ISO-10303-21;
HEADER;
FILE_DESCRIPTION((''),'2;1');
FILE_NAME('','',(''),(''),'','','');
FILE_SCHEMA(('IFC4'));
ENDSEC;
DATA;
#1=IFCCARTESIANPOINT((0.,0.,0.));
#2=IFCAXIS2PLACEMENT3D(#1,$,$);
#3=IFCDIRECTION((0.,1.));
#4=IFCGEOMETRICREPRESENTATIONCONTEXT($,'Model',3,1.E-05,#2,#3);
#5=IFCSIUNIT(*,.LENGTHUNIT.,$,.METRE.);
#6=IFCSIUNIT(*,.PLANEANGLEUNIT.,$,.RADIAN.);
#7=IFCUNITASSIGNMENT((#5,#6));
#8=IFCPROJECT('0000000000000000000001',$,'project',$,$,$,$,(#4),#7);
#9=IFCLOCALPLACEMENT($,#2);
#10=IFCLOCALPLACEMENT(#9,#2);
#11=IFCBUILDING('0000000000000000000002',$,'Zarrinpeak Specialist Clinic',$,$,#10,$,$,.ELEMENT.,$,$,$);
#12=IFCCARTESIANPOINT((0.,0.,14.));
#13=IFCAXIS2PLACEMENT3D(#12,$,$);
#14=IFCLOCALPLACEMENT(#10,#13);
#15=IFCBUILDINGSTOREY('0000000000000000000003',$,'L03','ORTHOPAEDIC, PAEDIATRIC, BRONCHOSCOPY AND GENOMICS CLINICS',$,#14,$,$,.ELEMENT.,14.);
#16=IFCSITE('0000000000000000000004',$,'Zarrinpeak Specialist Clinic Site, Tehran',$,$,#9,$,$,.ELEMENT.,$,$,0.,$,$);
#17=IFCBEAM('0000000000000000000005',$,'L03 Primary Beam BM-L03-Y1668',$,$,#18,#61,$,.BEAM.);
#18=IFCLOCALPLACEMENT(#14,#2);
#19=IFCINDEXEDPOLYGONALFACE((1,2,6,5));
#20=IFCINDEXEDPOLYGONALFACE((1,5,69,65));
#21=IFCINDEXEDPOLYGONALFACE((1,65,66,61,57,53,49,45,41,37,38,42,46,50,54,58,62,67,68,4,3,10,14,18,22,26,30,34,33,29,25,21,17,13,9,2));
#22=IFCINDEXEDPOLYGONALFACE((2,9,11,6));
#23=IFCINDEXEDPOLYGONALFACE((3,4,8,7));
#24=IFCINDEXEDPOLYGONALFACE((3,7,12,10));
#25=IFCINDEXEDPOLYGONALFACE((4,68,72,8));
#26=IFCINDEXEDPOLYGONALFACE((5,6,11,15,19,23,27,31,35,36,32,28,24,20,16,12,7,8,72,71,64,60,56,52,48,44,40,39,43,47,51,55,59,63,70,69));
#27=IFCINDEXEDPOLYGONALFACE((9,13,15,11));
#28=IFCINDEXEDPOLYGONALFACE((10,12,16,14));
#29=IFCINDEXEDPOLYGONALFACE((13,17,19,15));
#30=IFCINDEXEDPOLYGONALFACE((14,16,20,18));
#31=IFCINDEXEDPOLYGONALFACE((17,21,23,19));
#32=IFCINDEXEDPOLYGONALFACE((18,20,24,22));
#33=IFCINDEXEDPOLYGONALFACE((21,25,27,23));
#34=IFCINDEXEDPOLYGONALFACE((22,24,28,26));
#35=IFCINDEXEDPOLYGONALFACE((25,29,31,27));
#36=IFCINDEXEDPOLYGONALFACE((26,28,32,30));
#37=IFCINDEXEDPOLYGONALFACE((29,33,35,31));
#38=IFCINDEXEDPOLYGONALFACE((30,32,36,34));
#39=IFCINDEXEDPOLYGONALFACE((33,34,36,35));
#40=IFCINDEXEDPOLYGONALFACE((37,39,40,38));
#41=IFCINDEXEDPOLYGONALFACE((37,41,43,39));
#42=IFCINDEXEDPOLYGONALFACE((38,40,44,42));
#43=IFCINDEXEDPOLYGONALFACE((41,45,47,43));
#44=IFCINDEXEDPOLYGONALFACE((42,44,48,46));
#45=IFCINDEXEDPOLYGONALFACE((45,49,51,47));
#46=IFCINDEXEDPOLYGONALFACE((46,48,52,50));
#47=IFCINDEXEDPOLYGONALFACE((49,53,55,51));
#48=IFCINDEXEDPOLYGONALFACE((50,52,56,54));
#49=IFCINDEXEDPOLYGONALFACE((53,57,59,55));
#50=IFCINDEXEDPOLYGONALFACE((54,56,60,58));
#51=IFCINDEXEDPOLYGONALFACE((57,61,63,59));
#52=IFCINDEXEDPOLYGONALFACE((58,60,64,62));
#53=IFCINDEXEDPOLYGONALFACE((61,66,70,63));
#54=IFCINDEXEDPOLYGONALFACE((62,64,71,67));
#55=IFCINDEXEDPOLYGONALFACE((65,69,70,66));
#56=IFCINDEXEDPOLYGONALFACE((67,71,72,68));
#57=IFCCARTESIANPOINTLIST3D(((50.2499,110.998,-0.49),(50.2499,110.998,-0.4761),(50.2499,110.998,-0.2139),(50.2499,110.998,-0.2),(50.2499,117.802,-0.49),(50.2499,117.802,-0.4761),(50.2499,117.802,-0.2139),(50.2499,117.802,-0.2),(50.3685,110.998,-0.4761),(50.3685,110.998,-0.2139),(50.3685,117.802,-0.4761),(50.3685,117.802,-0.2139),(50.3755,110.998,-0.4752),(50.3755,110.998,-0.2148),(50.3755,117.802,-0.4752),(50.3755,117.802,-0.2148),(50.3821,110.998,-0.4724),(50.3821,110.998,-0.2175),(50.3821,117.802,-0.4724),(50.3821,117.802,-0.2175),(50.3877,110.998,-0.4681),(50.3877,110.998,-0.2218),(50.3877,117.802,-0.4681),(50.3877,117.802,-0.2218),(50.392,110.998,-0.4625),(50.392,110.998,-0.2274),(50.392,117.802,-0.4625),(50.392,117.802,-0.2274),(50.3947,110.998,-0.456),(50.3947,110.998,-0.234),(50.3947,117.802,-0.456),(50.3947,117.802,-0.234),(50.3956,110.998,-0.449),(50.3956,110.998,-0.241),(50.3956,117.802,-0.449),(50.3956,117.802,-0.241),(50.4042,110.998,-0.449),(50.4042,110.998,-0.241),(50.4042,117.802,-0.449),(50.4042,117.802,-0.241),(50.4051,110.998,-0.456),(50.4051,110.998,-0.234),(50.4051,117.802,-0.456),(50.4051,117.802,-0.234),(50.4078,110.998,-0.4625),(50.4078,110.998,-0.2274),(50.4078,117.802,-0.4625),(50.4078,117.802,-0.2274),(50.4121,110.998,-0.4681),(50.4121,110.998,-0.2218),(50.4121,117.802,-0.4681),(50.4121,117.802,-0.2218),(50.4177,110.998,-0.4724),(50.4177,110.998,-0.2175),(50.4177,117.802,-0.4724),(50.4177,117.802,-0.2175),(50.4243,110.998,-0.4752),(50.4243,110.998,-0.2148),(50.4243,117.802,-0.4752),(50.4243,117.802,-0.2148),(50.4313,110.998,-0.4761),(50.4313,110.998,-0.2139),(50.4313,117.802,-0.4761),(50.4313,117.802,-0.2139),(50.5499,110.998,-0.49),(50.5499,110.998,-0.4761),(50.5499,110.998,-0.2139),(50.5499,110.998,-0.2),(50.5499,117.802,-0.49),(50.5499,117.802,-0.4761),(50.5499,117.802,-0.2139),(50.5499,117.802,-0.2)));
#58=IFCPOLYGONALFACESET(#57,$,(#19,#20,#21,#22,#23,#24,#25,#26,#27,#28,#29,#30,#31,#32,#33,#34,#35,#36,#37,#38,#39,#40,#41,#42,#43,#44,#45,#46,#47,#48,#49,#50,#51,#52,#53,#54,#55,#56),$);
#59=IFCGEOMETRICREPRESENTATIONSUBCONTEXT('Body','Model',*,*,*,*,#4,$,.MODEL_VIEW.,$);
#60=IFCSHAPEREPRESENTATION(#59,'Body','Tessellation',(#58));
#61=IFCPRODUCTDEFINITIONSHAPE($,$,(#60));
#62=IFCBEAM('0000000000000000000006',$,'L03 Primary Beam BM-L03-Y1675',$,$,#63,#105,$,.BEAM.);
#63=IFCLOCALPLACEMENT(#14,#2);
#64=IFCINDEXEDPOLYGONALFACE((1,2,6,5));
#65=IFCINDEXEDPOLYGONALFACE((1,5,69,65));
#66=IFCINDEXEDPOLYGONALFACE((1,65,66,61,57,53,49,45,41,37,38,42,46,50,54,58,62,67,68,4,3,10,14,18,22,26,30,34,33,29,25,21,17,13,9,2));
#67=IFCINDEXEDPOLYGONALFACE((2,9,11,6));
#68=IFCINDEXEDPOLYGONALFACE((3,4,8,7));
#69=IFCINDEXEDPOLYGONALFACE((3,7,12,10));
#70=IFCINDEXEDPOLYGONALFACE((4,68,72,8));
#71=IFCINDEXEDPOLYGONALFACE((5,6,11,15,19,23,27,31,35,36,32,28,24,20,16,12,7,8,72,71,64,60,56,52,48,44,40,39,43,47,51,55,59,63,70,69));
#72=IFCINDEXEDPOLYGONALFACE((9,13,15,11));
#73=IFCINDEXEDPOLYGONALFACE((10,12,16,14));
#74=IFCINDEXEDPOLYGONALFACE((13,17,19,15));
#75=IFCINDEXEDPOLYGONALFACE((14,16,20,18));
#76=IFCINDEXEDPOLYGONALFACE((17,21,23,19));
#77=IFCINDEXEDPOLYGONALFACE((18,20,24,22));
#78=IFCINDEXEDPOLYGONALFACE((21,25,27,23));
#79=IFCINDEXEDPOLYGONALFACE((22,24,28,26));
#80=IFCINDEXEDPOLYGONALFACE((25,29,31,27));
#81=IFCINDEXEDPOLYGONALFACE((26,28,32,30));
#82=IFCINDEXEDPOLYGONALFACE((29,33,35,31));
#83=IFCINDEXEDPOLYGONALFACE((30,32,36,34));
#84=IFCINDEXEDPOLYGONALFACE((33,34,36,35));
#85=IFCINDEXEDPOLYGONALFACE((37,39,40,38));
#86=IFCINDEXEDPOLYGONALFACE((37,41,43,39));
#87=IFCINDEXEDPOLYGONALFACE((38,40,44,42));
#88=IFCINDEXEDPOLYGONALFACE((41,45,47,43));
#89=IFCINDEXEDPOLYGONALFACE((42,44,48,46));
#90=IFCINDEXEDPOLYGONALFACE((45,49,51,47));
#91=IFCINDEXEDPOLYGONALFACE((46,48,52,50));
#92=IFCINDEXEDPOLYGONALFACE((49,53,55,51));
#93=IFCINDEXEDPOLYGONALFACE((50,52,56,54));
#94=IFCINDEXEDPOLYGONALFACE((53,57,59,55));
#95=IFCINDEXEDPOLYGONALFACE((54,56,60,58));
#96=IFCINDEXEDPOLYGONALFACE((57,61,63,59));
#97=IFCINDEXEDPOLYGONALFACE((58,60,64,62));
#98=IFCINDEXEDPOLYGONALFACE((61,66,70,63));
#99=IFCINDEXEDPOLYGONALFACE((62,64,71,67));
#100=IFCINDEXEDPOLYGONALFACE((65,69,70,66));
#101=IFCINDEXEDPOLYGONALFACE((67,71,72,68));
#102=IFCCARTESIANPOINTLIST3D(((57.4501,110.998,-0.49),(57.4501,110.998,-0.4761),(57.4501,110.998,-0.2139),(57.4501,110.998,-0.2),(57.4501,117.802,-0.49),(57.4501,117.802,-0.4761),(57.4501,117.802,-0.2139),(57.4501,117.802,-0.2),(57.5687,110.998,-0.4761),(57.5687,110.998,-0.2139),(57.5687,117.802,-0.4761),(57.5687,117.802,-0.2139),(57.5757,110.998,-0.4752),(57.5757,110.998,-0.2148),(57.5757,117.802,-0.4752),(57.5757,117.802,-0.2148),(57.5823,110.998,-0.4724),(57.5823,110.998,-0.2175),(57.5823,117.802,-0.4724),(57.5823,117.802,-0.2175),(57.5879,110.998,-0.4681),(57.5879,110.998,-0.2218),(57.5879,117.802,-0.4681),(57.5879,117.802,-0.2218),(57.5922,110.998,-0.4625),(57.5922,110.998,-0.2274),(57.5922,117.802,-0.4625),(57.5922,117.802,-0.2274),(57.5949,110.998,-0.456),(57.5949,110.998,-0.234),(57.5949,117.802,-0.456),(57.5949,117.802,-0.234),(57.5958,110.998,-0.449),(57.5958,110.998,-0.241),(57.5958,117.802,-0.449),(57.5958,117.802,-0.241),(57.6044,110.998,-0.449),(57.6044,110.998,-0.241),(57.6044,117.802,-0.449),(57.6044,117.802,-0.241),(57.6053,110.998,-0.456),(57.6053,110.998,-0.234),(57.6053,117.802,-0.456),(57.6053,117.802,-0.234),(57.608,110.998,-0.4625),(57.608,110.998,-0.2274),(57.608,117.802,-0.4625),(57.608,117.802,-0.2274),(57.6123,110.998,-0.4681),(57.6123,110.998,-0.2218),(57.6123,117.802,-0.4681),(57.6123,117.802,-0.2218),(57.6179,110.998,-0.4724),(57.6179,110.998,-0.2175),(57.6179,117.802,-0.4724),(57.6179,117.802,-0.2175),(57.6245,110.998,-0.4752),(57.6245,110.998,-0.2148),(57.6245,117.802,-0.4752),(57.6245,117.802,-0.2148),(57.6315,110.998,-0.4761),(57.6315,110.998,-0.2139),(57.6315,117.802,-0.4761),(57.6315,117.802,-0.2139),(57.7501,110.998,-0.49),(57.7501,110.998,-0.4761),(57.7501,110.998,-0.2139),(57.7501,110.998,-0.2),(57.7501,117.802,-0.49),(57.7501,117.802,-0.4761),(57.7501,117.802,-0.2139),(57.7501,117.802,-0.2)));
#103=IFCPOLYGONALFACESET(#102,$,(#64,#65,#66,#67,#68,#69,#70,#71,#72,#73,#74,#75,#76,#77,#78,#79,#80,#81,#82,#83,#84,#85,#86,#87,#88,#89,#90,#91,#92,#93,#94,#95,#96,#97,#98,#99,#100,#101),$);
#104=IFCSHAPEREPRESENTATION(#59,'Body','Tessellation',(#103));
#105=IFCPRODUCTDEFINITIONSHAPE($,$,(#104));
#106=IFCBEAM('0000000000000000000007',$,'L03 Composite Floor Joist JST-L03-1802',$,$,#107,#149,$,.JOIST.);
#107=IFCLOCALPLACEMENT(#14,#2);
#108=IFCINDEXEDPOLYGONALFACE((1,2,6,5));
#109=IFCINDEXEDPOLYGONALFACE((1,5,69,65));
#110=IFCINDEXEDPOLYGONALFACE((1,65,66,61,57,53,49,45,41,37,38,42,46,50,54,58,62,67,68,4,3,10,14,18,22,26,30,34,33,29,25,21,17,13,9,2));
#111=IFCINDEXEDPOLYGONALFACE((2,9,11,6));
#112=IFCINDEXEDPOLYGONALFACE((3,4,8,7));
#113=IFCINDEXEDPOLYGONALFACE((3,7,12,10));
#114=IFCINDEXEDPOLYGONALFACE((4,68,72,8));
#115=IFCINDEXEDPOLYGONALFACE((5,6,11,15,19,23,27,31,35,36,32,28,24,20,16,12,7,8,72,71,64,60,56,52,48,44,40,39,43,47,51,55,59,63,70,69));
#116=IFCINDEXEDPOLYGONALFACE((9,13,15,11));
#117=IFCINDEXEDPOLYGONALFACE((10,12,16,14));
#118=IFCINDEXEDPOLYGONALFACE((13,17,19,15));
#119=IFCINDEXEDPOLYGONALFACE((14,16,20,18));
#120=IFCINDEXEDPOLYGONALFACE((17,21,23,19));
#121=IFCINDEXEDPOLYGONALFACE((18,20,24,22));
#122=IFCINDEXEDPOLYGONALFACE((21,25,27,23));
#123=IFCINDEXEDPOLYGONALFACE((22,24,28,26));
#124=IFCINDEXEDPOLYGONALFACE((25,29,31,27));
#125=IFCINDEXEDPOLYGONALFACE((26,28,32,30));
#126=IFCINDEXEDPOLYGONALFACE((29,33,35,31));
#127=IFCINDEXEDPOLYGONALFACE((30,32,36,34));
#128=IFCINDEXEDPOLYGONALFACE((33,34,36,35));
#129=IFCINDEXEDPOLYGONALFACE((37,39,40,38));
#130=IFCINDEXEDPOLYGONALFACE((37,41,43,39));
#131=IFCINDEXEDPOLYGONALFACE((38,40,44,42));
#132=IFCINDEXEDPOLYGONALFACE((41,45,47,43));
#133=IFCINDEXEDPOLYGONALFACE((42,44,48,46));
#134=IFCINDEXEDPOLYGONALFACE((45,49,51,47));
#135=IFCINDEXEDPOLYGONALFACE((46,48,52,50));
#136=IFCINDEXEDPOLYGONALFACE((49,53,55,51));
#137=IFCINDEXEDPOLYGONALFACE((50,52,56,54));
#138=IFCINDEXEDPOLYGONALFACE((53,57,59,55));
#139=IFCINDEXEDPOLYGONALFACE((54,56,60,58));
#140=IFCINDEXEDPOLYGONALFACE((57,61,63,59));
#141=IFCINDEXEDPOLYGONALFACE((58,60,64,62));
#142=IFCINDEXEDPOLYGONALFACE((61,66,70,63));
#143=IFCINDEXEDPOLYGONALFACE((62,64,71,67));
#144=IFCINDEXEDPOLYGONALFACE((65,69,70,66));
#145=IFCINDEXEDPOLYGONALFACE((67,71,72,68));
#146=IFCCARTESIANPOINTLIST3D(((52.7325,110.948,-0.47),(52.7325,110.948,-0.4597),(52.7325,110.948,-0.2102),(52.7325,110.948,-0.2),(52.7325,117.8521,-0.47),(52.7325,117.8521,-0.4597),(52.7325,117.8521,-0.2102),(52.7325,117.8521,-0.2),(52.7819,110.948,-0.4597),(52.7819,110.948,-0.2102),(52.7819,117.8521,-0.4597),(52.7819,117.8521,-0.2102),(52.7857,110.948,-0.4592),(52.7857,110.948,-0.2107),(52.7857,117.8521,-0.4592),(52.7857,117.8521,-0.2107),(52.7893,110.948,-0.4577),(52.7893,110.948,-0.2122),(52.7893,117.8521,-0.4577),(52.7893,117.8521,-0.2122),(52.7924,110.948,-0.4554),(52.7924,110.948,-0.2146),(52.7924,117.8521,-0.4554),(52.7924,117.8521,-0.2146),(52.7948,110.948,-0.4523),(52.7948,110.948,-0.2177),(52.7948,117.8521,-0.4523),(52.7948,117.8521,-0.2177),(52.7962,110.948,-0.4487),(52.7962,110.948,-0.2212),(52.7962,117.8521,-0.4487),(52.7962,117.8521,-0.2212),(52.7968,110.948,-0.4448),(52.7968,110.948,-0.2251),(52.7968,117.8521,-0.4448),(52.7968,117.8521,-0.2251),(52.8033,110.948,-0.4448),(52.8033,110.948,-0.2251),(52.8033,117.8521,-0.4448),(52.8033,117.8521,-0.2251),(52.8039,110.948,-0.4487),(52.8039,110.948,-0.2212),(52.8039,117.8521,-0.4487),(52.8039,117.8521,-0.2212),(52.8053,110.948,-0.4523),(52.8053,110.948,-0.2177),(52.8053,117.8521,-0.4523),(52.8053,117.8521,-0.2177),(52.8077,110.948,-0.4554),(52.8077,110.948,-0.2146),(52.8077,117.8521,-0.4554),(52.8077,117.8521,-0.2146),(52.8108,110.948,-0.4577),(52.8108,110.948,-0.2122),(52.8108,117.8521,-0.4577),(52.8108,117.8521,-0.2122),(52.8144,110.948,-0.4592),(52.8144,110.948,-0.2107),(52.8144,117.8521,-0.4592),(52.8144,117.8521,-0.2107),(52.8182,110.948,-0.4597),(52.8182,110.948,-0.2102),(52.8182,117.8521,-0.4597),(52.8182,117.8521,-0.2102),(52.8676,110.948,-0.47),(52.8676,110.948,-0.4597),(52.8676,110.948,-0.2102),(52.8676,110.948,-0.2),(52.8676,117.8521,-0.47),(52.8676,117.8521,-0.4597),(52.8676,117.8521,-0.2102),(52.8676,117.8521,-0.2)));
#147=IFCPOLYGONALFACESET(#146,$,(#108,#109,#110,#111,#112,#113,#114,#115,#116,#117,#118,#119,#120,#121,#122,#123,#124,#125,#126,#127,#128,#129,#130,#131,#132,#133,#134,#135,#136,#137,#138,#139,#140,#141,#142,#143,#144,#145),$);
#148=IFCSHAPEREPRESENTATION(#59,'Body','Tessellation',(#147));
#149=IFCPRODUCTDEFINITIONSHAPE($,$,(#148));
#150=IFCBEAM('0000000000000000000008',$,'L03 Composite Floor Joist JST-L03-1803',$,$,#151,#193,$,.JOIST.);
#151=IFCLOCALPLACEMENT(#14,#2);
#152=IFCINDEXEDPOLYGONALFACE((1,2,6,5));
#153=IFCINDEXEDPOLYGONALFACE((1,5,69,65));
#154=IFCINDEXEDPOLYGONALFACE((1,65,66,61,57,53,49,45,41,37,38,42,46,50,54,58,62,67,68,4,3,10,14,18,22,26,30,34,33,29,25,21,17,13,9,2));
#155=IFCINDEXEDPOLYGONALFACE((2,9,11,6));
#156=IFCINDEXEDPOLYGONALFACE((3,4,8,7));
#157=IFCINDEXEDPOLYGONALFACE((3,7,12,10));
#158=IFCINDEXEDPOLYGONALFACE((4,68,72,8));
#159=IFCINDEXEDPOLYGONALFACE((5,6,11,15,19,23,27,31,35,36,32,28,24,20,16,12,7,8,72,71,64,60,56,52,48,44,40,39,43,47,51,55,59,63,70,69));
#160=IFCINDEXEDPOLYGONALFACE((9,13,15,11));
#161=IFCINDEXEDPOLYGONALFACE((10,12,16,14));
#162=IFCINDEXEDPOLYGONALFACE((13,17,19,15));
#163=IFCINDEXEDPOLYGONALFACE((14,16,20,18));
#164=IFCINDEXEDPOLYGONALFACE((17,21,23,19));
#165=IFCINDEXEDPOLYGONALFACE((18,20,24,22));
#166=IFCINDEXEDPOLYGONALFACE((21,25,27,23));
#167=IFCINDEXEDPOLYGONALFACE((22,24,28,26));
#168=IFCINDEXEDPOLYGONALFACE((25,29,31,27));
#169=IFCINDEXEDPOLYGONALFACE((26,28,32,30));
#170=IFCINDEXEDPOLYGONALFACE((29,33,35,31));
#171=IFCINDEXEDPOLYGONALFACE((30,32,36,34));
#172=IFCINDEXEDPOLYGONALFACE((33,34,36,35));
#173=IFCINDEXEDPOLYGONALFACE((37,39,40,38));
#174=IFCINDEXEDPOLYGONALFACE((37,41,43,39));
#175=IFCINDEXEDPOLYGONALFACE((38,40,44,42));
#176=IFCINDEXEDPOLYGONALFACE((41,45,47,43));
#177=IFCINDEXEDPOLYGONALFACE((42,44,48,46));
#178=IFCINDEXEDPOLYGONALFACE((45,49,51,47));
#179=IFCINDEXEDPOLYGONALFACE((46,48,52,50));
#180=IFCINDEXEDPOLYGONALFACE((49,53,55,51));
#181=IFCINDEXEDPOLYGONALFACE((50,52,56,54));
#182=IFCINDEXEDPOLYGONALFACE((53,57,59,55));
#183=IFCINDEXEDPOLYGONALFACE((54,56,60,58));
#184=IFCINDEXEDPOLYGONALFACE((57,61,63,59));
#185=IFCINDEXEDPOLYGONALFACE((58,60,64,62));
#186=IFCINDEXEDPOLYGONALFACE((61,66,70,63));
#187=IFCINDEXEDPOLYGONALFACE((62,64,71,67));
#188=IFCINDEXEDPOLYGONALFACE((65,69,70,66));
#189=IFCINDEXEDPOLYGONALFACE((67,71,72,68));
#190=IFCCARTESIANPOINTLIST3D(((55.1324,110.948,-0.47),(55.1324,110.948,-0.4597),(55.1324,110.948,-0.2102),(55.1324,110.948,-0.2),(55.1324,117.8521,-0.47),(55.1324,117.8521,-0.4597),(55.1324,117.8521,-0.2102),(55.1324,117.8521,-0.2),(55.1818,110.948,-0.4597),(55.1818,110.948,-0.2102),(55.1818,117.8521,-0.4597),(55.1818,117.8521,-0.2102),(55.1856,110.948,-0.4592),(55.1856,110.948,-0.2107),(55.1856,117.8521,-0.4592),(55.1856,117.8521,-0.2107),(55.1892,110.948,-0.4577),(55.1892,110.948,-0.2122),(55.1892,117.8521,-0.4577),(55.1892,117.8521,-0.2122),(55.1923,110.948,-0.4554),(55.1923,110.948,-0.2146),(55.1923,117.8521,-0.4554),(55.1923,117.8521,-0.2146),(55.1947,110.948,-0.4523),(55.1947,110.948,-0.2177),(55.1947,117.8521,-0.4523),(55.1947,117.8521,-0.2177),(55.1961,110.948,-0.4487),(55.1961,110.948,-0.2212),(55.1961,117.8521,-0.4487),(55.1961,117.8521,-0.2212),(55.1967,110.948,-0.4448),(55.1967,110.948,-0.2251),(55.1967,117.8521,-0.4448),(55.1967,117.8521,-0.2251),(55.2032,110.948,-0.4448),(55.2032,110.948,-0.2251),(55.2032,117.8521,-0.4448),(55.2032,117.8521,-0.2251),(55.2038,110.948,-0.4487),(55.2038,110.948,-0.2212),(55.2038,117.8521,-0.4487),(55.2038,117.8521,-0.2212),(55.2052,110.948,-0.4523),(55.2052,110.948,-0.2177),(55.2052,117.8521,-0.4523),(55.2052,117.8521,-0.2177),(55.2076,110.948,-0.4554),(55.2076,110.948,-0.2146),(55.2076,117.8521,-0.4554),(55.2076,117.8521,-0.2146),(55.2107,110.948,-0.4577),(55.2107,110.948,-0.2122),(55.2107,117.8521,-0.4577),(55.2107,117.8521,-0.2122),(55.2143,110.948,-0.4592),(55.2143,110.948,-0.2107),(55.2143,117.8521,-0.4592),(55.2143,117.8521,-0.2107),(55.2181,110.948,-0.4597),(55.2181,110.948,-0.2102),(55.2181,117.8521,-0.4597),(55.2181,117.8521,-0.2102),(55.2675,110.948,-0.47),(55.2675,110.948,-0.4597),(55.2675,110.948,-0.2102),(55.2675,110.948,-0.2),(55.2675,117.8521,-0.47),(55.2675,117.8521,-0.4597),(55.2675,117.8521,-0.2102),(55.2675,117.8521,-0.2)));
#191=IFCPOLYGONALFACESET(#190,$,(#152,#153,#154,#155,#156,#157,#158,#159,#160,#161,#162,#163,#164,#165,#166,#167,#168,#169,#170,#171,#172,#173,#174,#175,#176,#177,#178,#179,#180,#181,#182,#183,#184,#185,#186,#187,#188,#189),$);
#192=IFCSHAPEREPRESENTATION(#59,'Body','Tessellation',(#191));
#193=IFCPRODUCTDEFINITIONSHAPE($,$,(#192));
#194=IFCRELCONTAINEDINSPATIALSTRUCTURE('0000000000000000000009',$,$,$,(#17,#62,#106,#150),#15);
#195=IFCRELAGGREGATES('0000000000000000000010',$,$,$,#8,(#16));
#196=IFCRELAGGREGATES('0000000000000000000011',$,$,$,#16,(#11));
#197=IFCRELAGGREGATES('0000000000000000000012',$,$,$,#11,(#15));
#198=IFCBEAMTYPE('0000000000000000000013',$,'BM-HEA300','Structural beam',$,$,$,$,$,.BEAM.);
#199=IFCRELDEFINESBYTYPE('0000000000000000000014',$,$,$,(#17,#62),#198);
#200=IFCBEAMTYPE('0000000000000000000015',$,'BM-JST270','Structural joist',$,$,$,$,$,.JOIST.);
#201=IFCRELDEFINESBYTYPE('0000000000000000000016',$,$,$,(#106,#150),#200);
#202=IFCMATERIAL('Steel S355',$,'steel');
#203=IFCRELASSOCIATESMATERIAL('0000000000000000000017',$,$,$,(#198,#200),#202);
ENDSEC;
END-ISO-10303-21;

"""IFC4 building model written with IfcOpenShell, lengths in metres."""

from ifc_helpers import new_model, si_unit, direction, frame, origin, origin_2d, place, context, subcontext, project, spatial, i_section, extrude, material, material_profile, profile_set, type_object, element, save


model = new_model("IFC4")

# Units and contexts
model_context = context("Model", 3, precision=1e-05, world=origin(), true_north=direction((0.0, 1.0)))
body_context = subcontext(model_context, "Body", "Model", "MODEL_VIEW")
ifc_project = project(units=[si_unit("LENGTHUNIT", "METRE"), si_unit("PLANEANGLEUNIT", "RADIAN")], contexts=[model_context])

# Site, building, storey
site_placement = place(None, origin())
site = spatial("IfcSite", under=ifc_project, at=site_placement, Name="Zarrinpeak Specialist Clinic Site, Tehran", CompositionType="ELEMENT", RefElevation=0.0)
building_placement = place(site_placement, origin())
building = spatial("IfcBuilding", under=site, at=building_placement, Name="Zarrinpeak Specialist Clinic", CompositionType="ELEMENT")
storey_placement = place(building_placement, frame((0.0, 0.0, 14.0)))
storey = spatial("IfcBuildingStorey", under=building, at=storey_placement, Name="L03", Description="ORTHOPAEDIC, PAEDIATRIC, BRONCHOSCOPY AND GENOMICS CLINICS", CompositionType="ELEMENT", Elevation=14.0)

# Shared definitions
ifc_material_1 = material(Name="Steel S355", Category="steel")

# Beams
ifc_material_profile_1 = material_profile(ifc_material_1, i_section(OverallWidth=0.3, OverallDepth=0.29, WebThickness=0.0085, FlangeThickness=0.0139, FilletRadius=0.0271, at=origin_2d()), Name="HEA 300")
ifc_profile_set_1 = profile_set([ifc_material_profile_1], Name="Steel S355")
beam_type_1 = type_object("IfcBeamType", Name="BM-HEA300", Description="Structural beam", PredefinedType="BEAM", material=ifc_profile_set_1)
for number, where, z_axis, x_axis, name in (
    (1, (50.3999, 110.998, -0.345), (0.0, 1.0, 0.0), (-1.0, 0.0, 0.0), "L03 Primary Beam BM-L03-Y1668"),
    (2, (57.6001, 110.998, -0.345), (0.0, 1.0, 0.0), (-1.0, 0.0, 0.0), "L03 Primary Beam BM-L03-Y1675"),
):
    element("IfcBeam", number, at=place(storey_placement, frame(where, z_axis=z_axis, x_axis=x_axis)), inside=storey, type_object=beam_type_1, Name=name, PredefinedType="BEAM", context=body_context, shape_type="SweptSolid", body=[
        extrude(i_section(OverallWidth=0.3, OverallDepth=0.29, WebThickness=0.0085, FlangeThickness=0.0139, FilletRadius=0.0271, at=origin_2d()), origin(), (0.0, 0.0, 1.0), 6.804),
    ])
ifc_material_profile_2 = material_profile(ifc_material_1, i_section(OverallWidth=0.135, OverallDepth=0.27, WebThickness=0.0066, FlangeThickness=0.0103, FilletRadius=0.0149, at=origin_2d()), Name="IPE 270")
ifc_profile_set_2 = profile_set([ifc_material_profile_2], Name="Steel S355")
beam_type_2 = type_object("IfcBeamType", Name="BM-JST270", Description="Structural joist", PredefinedType="JOIST", material=ifc_profile_set_2)
for number, where, z_axis, x_axis, name in (
    (3, (52.8, 110.948, -0.335), (0.0, 1.0, 0.0), (-1.0, 0.0, 0.0), "L03 Composite Floor Joist JST-L03-1802"),
    (4, (55.2, 110.948, -0.335), (0.0, 1.0, 0.0), (-1.0, 0.0, 0.0), "L03 Composite Floor Joist JST-L03-1803"),
):
    element("IfcBeam", number, at=place(storey_placement, frame(where, z_axis=z_axis, x_axis=x_axis)), inside=storey, type_object=beam_type_2, Name=name, PredefinedType="JOIST", context=body_context, shape_type="SweptSolid", body=[
        extrude(i_section(OverallWidth=0.135, OverallDepth=0.27, WebThickness=0.0066, FlangeThickness=0.0103, FilletRadius=0.0149, at=origin_2d()), origin(), (0.0, 0.0, 1.0), 6.9041),
    ])

save(model, "model.ifc")
